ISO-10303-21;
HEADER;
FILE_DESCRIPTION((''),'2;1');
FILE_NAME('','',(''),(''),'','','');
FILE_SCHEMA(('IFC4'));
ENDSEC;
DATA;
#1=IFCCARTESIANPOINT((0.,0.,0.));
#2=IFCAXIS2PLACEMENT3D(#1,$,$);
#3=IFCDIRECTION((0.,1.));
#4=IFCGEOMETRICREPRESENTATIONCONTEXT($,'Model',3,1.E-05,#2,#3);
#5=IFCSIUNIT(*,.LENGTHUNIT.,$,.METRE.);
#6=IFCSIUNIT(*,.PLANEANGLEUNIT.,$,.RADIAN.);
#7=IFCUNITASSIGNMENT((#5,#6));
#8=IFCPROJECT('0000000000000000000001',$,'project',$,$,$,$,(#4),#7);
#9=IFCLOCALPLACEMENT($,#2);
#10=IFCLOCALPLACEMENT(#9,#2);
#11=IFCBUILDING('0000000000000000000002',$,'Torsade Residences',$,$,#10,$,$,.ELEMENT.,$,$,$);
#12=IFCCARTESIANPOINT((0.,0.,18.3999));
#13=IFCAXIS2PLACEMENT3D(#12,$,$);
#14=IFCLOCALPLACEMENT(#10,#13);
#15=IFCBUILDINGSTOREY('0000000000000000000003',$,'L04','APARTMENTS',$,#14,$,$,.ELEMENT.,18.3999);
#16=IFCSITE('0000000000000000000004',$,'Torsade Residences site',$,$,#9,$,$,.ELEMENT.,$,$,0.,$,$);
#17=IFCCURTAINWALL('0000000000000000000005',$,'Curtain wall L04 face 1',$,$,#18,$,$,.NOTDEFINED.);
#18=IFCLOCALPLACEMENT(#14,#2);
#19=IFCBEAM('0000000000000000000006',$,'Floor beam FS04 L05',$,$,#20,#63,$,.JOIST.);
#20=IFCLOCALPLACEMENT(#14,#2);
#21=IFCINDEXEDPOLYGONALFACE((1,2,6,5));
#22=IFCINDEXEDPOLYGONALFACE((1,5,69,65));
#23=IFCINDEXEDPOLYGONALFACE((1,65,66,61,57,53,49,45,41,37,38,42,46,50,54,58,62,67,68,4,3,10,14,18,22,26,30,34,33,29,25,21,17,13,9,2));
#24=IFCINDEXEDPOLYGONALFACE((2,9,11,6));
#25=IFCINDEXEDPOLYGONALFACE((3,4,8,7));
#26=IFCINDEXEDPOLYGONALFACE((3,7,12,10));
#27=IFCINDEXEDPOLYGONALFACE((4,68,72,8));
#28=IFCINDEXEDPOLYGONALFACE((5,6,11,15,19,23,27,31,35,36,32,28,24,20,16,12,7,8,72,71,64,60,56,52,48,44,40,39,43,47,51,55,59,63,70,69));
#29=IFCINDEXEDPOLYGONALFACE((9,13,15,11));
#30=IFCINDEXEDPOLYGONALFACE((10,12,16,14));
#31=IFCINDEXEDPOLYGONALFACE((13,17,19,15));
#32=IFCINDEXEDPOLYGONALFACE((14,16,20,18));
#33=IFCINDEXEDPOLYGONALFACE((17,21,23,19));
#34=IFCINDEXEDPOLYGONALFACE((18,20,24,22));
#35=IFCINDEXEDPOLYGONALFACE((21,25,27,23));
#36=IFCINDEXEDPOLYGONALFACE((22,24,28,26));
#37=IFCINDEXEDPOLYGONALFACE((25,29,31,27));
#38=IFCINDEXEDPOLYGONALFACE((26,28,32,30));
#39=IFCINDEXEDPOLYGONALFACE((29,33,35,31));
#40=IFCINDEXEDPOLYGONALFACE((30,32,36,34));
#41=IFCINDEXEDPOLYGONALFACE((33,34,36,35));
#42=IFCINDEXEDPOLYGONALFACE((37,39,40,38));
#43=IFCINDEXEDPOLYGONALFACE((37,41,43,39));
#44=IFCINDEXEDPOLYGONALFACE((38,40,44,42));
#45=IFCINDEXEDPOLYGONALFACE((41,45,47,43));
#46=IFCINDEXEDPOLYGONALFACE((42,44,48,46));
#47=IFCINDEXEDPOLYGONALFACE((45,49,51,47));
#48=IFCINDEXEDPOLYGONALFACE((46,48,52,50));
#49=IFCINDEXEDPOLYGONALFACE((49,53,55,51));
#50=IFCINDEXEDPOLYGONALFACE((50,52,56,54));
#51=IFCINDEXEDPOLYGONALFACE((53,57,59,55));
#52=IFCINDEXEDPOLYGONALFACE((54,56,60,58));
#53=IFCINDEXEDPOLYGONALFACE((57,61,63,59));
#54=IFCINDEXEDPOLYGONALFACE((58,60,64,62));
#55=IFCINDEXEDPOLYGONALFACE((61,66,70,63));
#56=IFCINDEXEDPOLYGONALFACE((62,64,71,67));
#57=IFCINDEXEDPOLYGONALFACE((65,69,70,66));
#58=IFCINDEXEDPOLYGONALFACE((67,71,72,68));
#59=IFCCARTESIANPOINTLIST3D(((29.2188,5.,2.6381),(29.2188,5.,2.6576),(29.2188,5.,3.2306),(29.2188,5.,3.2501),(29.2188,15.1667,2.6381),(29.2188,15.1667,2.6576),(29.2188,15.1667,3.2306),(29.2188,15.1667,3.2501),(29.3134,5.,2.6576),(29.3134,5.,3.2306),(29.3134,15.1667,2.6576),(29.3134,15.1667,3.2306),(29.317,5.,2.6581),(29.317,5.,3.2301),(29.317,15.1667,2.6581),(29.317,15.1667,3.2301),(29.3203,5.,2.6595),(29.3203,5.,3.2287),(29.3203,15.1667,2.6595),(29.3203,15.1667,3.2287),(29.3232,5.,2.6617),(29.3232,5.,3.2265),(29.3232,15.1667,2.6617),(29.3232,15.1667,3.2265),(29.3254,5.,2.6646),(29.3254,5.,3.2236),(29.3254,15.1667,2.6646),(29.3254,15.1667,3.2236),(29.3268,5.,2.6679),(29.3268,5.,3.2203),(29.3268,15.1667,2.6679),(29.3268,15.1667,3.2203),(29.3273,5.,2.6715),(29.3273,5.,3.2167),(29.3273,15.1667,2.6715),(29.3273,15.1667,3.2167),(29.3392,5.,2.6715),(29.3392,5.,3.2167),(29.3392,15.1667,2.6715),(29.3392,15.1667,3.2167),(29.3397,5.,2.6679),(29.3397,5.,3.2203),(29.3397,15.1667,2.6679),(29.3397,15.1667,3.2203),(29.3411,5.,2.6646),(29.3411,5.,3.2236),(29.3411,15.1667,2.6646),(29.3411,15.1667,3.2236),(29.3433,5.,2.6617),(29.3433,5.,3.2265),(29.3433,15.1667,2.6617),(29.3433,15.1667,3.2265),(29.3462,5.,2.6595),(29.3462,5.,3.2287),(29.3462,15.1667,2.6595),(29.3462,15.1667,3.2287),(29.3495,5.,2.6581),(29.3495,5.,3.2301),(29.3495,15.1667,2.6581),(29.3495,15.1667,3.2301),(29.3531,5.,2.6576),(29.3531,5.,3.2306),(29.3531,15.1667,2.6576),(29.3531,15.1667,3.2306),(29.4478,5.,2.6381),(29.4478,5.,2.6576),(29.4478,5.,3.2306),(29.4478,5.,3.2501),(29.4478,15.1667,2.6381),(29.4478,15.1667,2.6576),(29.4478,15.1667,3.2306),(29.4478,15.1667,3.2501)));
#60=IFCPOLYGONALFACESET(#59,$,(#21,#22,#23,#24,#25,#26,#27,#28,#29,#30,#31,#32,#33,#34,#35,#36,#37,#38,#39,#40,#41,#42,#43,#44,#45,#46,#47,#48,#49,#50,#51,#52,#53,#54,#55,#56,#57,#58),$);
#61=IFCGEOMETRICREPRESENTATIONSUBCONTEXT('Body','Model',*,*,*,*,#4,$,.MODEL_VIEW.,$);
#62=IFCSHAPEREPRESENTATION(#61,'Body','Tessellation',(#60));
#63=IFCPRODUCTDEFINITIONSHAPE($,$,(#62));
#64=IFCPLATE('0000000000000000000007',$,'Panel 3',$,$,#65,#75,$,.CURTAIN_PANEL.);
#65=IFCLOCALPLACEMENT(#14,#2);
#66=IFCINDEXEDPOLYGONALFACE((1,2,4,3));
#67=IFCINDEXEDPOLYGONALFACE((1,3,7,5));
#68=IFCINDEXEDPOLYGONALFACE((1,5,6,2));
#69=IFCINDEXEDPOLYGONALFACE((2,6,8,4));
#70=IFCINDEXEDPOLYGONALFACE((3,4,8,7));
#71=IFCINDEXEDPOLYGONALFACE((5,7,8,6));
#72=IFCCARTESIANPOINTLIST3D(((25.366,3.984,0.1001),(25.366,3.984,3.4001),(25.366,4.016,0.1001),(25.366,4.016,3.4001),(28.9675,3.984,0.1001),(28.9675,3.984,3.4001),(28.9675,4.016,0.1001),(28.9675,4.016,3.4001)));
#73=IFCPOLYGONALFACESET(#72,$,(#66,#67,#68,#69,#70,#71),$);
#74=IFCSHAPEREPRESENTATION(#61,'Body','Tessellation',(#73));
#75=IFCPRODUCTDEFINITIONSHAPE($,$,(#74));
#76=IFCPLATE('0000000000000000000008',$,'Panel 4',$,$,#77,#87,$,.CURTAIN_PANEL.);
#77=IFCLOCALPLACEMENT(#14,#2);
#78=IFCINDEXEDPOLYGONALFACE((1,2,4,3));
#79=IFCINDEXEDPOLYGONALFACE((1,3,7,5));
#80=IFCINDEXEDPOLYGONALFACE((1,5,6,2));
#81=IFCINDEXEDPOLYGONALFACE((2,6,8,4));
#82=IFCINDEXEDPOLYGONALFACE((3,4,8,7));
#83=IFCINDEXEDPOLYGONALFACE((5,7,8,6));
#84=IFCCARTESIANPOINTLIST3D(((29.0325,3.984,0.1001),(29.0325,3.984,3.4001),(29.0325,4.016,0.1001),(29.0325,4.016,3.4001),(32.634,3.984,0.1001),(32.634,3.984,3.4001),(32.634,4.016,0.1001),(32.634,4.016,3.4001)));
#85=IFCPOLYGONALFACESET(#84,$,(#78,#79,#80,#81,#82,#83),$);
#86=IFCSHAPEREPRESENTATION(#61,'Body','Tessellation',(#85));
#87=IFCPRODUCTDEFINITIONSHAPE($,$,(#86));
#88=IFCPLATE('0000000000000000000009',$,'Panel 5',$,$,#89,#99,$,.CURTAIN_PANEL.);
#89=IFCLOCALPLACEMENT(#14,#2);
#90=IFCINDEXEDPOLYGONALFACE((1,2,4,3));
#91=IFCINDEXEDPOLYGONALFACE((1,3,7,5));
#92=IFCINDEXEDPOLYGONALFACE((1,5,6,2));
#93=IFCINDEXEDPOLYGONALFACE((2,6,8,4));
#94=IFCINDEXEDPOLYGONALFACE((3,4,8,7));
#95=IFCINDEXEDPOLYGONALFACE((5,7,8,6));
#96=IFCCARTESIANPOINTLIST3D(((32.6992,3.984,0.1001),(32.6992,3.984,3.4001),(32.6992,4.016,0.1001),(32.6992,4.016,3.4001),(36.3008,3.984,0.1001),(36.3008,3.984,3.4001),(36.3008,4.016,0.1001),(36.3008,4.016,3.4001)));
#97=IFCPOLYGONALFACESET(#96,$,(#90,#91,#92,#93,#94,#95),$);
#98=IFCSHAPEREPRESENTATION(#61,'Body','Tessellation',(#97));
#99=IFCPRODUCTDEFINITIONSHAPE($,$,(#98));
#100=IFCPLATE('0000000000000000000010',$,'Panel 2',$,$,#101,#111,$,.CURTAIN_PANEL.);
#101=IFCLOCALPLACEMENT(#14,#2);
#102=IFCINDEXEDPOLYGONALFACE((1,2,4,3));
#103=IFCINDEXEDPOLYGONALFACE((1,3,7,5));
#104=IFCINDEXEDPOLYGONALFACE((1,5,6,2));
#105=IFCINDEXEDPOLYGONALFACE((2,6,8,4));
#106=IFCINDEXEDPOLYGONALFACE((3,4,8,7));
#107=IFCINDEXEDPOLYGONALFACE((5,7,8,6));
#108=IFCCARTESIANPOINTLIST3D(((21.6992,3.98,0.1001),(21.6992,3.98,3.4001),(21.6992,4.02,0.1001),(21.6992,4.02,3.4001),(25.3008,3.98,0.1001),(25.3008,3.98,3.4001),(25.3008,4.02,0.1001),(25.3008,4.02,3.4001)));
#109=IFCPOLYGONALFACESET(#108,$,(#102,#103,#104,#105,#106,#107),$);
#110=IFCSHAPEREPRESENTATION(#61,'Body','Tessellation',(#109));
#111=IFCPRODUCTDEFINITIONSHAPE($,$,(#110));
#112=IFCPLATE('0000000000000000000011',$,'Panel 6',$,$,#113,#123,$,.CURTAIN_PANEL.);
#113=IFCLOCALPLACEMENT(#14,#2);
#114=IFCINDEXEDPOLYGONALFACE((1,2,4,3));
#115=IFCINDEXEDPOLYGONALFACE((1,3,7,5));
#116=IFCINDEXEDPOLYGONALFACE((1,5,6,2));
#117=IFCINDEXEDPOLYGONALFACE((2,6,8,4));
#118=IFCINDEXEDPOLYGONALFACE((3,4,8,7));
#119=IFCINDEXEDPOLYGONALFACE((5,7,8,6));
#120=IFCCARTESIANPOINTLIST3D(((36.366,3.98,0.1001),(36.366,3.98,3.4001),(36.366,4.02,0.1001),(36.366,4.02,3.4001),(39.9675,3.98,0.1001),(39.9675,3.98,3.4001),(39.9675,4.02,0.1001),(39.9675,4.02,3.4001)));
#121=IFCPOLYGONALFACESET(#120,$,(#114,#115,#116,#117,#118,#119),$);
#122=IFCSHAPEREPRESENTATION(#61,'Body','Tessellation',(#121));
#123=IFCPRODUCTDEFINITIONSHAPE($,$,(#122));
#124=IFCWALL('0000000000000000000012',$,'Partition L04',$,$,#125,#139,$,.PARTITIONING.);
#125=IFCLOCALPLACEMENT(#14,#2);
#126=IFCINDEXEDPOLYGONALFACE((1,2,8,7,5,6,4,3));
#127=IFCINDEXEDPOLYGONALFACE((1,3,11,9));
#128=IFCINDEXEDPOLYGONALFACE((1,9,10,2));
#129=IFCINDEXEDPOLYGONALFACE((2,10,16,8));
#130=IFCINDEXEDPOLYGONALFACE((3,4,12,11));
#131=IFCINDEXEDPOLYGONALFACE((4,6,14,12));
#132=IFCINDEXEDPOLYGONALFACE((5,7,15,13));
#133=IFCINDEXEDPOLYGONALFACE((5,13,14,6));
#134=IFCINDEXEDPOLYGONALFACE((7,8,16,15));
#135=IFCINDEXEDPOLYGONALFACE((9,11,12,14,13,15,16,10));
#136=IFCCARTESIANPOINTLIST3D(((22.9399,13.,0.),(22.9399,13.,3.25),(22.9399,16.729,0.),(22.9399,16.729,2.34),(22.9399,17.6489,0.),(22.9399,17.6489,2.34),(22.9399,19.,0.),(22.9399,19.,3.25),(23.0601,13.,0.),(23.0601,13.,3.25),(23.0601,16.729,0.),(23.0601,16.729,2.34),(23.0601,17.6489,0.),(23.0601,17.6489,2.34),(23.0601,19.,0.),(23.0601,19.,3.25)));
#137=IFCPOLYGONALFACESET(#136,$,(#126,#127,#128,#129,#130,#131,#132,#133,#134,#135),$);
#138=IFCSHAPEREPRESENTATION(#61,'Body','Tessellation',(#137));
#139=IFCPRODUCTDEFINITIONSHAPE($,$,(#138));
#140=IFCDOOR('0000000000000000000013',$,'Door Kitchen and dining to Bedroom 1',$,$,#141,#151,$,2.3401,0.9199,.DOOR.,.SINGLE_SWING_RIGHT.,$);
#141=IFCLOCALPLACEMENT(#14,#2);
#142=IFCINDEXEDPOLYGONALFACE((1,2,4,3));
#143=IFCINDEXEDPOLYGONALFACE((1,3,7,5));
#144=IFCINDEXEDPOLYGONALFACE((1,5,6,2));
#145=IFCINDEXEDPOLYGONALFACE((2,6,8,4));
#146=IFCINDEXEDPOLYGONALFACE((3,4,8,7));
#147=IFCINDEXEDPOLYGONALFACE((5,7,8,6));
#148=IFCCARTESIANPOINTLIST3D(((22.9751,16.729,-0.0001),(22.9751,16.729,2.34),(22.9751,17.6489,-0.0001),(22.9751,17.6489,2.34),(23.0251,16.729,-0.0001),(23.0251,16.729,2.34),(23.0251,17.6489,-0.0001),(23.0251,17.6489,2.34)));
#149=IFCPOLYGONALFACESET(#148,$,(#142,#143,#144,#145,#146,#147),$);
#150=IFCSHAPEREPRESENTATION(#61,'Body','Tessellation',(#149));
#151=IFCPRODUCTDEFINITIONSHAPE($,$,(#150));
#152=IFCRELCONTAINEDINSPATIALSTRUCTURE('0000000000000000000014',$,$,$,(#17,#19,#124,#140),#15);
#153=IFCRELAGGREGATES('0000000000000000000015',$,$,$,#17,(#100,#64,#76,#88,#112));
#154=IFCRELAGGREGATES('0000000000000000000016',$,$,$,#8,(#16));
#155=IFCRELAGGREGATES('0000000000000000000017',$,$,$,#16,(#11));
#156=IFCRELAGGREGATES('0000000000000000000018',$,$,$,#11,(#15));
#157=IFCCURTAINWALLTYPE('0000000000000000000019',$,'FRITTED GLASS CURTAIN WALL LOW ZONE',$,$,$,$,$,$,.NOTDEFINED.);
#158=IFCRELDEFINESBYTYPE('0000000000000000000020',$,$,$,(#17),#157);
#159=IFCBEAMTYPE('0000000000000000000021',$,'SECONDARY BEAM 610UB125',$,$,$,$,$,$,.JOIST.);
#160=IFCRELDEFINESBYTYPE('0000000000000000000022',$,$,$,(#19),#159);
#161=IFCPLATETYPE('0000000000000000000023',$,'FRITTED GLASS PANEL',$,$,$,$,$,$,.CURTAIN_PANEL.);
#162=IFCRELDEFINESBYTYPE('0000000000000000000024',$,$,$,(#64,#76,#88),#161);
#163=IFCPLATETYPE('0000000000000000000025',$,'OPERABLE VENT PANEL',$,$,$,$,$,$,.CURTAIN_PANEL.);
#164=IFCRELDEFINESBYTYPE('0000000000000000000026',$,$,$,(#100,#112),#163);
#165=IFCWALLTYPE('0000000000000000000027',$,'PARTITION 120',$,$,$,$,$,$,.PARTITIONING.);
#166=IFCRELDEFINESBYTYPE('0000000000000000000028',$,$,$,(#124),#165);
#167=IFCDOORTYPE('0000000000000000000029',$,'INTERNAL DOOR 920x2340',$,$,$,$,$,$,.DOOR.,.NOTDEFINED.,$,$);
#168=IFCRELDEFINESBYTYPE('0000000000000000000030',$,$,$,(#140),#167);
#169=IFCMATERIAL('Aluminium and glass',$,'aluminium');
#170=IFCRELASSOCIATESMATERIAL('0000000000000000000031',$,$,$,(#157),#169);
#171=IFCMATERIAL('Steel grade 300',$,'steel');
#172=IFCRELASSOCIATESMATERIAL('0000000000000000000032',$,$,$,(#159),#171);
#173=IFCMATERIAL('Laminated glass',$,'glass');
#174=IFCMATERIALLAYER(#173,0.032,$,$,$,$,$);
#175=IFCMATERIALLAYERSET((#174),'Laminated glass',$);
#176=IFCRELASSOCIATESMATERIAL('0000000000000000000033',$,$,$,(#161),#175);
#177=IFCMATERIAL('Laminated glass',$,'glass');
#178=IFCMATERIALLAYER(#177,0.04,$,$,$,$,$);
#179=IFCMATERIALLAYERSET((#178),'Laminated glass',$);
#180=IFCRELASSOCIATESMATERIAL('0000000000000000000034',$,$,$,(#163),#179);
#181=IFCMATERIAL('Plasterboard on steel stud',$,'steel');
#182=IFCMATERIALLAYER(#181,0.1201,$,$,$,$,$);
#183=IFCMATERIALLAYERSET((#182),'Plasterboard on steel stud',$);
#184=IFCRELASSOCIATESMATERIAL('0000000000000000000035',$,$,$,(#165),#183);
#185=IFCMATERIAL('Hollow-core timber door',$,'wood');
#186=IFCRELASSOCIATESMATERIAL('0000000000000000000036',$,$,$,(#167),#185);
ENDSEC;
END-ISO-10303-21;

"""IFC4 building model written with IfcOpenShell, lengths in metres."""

from ifc_helpers import new_model, si_unit, direction, frame, frame_2d, origin, origin_2d, place, context, subcontext, project, spatial, rectangle, i_section, extrude, material, layer, layer_set, material_profile, profile_set, type_object, element, fill, aggregate, save


model = new_model("IFC4")

# Units and contexts
model_context = context("Model", 3, precision=1e-05, world=origin(), true_north=direction((0.0, 1.0)))
body_context = subcontext(model_context, "Body", "Model", "MODEL_VIEW")
ifc_project = project(units=[si_unit("LENGTHUNIT", "METRE"), si_unit("PLANEANGLEUNIT", "RADIAN")], contexts=[model_context])

# Site, building, storey
site_placement = place(None, origin())
site = spatial("IfcSite", under=ifc_project, at=site_placement, Name="Torsade Residences site", CompositionType="ELEMENT", RefElevation=0.0)
building_placement = place(site_placement, origin())
building = spatial("IfcBuilding", under=site, at=building_placement, Name="Torsade Residences", CompositionType="ELEMENT")
storey_placement = place(building_placement, frame((0.0, 0.0, 18.3999)))
storey = spatial("IfcBuildingStorey", under=building, at=storey_placement, Name="L04", Description="APARTMENTS", CompositionType="ELEMENT", Elevation=18.3999)

# Curtain wall
ifc_material_1 = material(Name="Aluminium and glass", Category="aluminium")
curtain_wall_type = type_object("IfcCurtainWallType", Name="FRITTED GLASS CURTAIN WALL LOW ZONE", PredefinedType="NOTDEFINED", material=ifc_material_1)
curtain_wall_placement = place(storey_placement, origin())
curtain_wall = element("IfcCurtainWall", 1, at=curtain_wall_placement, inside=storey, type_object=curtain_wall_type, Name="Curtain wall L04 face 1", PredefinedType="NOTDEFINED")

# Beam
ifc_material_2 = material(Name="Steel grade 300", Category="steel")
ifc_material_profile_1 = material_profile(ifc_material_2, i_section(OverallWidth=0.229, OverallDepth=0.6121, WebThickness=0.012, FlangeThickness=0.0195, FilletRadius=0.0139, at=origin_2d()), Name="610UB125")
ifc_profile_set_1 = profile_set([ifc_material_profile_1], Name="Steel grade 300")
beam_type_1 = type_object("IfcBeamType", Name="SECONDARY BEAM 610UB125", PredefinedType="JOIST", material=ifc_profile_set_1)
beam_1_placement = place(storey_placement, frame((29.3333, 5.0, 2.9441), z_axis=(0.0, 1.0, 0.0), x_axis=(-1.0, 0.0, 0.0)))
element("IfcBeam", 2, at=beam_1_placement, inside=storey, type_object=beam_type_1, Name="Floor beam FS04 L05", PredefinedType="JOIST", context=body_context, shape_type="SweptSolid", body=[
    extrude(i_section(OverallWidth=0.229, OverallDepth=0.6121, WebThickness=0.012, FlangeThickness=0.0195, FilletRadius=0.0139, at=origin_2d()), origin(), (0.0, 0.0, 1.0), 10.1667),
])

# Plates
ifc_material_3 = material(Name="Laminated glass", Category="glass")
ifc_layer_1 = layer(ifc_material_3, 0.032)
ifc_layer_set_1 = layer_set([ifc_layer_1], Name="Laminated glass")
plate_type_1 = type_object("IfcPlateType", Name="FRITTED GLASS PANEL", PredefinedType="CURTAIN_PANEL", material=ifc_layer_set_1)
plate_1_placement = place(storey_placement, frame((27.1667, 4.0, 0.1001), z_axis=(0.0, 0.0, 1.0), x_axis=(1.0, 0.0, 0.0)))
plate_1 = element("IfcPlate", 3, at=plate_1_placement, type_object=plate_type_1, Name="Panel 3", PredefinedType="CURTAIN_PANEL", context=body_context, shape_type="SweptSolid", body=[
    extrude(rectangle(XDim=3.6016, YDim=0.032, at=origin_2d()), origin(), (0.0, 0.0, 1.0), 3.3),
])
plate_2_placement = place(storey_placement, frame((30.8333, 4.0, 0.1001), z_axis=(0.0, 0.0, 1.0), x_axis=(1.0, 0.0, 0.0)))
plate_2 = element("IfcPlate", 4, at=plate_2_placement, type_object=plate_type_1, Name="Panel 4", PredefinedType="CURTAIN_PANEL", context=body_context, shape_type="SweptSolid", body=[
    extrude(rectangle(XDim=3.6016, YDim=0.032, at=origin_2d()), origin(), (0.0, 0.0, 1.0), 3.3),
])
plate_3_placement = place(storey_placement, frame((34.5, 4.0, 0.1001), z_axis=(0.0, 0.0, 1.0), x_axis=(1.0, 0.0, 0.0)))
plate_3 = element("IfcPlate", 5, at=plate_3_placement, type_object=plate_type_1, Name="Panel 5", PredefinedType="CURTAIN_PANEL", context=body_context, shape_type="SweptSolid", body=[
    extrude(rectangle(XDim=3.6016, YDim=0.032, at=origin_2d()), origin(), (0.0, 0.0, 1.0), 3.3),
])
ifc_material_4 = material(Name="Laminated glass", Category="glass")
ifc_layer_2 = layer(ifc_material_4, 0.04)
ifc_layer_set_2 = layer_set([ifc_layer_2], Name="Laminated glass")
plate_type_2 = type_object("IfcPlateType", Name="OPERABLE VENT PANEL", PredefinedType="CURTAIN_PANEL", material=ifc_layer_set_2)
plate_4_placement = place(storey_placement, frame((23.5, 4.0, 0.1001), z_axis=(0.0, 0.0, 1.0), x_axis=(1.0, 0.0, 0.0)))
plate_4 = element("IfcPlate", 6, at=plate_4_placement, type_object=plate_type_2, Name="Panel 2", PredefinedType="CURTAIN_PANEL", context=body_context, shape_type="SweptSolid", body=[
    extrude(rectangle(XDim=3.6016, YDim=0.04, at=origin_2d()), origin(), (0.0, 0.0, 1.0), 3.3),
])
plate_5_placement = place(storey_placement, frame((38.1667, 4.0, 0.1001), z_axis=(0.0, 0.0, 1.0), x_axis=(1.0, 0.0, 0.0)))
plate_5 = element("IfcPlate", 7, at=plate_5_placement, type_object=plate_type_2, Name="Panel 6", PredefinedType="CURTAIN_PANEL", context=body_context, shape_type="SweptSolid", body=[
    extrude(rectangle(XDim=3.6016, YDim=0.04, at=origin_2d()), origin(), (0.0, 0.0, 1.0), 3.3),
])
aggregate(curtain_wall, [plate_4, plate_1, plate_2, plate_3, plate_5])

# Wall, opening, door
ifc_material_5 = material(Name="Plasterboard on steel stud", Category="steel")
ifc_layer_3 = layer(ifc_material_5, 0.1201)
ifc_layer_set_3 = layer_set([ifc_layer_3], Name="Plasterboard on steel stud")
wall_type_1 = type_object("IfcWallType", Name="PARTITION 120", PredefinedType="PARTITIONING", material=ifc_layer_set_3)
wall_1_placement = place(storey_placement, frame((23.0, 13.0, 0.0), z_axis=(0.0, 0.0, 1.0), x_axis=(0.0, 1.0, 0.0)))
wall_1 = element("IfcWall", 8, at=wall_1_placement, inside=storey, type_object=wall_type_1, Name="Partition L04", PredefinedType="PARTITIONING", context=body_context, shape_type="SweptSolid", body=[
    extrude(rectangle(XDim=6.0, YDim=0.1201, at=frame_2d((3.0, 0.0))), origin(), (0.0, 0.0, 1.0), 3.25),
])
opening_1_placement = place(wall_1_placement, frame((3.729, 0.0, 0.0)))
opening_1 = element("IfcOpeningElement", 9, at=opening_1_placement, cuts=wall_1, PredefinedType="OPENING", context=body_context, shape_type="SweptSolid", body=[
    extrude(rectangle(XDim=0.9199, YDim=2.3401, at=frame_2d((0.46, 1.1699))), frame((0.0, 0.0701, 0.0), z_axis=(0.0, -1.0, 0.0), x_axis=(1.0, 0.0, 0.0)), (0.0, 0.0, 1.0), 0.1401),
])
ifc_material_6 = material(Name="Hollow-core timber door", Category="wood")
door_type_1 = type_object("IfcDoorType", Name="INTERNAL DOOR 920x2340", OperationType="NOTDEFINED", PredefinedType="DOOR", material=ifc_material_6)
door_1_placement = place(opening_1_placement, origin())
door_1 = element("IfcDoor", 10, at=door_1_placement, inside=storey, type_object=door_type_1, Name="Door Kitchen and dining to Bedroom 1", OperationType="SINGLE_SWING_RIGHT", OverallHeight=2.3401, OverallWidth=0.9199, PredefinedType="DOOR", context=body_context, shape_type="SweptSolid", body=[
    extrude(rectangle(XDim=0.9199, YDim=2.3401, at=frame_2d((0.46, 1.1699))), frame((0.0, 0.0249, 0.0), z_axis=(0.0, -1.0, 0.0), x_axis=(1.0, 0.0, 0.0)), (0.0, 0.0, 1.0), 0.05),
])
fill(opening_1, door_1)

save(model, "model.ifc")
